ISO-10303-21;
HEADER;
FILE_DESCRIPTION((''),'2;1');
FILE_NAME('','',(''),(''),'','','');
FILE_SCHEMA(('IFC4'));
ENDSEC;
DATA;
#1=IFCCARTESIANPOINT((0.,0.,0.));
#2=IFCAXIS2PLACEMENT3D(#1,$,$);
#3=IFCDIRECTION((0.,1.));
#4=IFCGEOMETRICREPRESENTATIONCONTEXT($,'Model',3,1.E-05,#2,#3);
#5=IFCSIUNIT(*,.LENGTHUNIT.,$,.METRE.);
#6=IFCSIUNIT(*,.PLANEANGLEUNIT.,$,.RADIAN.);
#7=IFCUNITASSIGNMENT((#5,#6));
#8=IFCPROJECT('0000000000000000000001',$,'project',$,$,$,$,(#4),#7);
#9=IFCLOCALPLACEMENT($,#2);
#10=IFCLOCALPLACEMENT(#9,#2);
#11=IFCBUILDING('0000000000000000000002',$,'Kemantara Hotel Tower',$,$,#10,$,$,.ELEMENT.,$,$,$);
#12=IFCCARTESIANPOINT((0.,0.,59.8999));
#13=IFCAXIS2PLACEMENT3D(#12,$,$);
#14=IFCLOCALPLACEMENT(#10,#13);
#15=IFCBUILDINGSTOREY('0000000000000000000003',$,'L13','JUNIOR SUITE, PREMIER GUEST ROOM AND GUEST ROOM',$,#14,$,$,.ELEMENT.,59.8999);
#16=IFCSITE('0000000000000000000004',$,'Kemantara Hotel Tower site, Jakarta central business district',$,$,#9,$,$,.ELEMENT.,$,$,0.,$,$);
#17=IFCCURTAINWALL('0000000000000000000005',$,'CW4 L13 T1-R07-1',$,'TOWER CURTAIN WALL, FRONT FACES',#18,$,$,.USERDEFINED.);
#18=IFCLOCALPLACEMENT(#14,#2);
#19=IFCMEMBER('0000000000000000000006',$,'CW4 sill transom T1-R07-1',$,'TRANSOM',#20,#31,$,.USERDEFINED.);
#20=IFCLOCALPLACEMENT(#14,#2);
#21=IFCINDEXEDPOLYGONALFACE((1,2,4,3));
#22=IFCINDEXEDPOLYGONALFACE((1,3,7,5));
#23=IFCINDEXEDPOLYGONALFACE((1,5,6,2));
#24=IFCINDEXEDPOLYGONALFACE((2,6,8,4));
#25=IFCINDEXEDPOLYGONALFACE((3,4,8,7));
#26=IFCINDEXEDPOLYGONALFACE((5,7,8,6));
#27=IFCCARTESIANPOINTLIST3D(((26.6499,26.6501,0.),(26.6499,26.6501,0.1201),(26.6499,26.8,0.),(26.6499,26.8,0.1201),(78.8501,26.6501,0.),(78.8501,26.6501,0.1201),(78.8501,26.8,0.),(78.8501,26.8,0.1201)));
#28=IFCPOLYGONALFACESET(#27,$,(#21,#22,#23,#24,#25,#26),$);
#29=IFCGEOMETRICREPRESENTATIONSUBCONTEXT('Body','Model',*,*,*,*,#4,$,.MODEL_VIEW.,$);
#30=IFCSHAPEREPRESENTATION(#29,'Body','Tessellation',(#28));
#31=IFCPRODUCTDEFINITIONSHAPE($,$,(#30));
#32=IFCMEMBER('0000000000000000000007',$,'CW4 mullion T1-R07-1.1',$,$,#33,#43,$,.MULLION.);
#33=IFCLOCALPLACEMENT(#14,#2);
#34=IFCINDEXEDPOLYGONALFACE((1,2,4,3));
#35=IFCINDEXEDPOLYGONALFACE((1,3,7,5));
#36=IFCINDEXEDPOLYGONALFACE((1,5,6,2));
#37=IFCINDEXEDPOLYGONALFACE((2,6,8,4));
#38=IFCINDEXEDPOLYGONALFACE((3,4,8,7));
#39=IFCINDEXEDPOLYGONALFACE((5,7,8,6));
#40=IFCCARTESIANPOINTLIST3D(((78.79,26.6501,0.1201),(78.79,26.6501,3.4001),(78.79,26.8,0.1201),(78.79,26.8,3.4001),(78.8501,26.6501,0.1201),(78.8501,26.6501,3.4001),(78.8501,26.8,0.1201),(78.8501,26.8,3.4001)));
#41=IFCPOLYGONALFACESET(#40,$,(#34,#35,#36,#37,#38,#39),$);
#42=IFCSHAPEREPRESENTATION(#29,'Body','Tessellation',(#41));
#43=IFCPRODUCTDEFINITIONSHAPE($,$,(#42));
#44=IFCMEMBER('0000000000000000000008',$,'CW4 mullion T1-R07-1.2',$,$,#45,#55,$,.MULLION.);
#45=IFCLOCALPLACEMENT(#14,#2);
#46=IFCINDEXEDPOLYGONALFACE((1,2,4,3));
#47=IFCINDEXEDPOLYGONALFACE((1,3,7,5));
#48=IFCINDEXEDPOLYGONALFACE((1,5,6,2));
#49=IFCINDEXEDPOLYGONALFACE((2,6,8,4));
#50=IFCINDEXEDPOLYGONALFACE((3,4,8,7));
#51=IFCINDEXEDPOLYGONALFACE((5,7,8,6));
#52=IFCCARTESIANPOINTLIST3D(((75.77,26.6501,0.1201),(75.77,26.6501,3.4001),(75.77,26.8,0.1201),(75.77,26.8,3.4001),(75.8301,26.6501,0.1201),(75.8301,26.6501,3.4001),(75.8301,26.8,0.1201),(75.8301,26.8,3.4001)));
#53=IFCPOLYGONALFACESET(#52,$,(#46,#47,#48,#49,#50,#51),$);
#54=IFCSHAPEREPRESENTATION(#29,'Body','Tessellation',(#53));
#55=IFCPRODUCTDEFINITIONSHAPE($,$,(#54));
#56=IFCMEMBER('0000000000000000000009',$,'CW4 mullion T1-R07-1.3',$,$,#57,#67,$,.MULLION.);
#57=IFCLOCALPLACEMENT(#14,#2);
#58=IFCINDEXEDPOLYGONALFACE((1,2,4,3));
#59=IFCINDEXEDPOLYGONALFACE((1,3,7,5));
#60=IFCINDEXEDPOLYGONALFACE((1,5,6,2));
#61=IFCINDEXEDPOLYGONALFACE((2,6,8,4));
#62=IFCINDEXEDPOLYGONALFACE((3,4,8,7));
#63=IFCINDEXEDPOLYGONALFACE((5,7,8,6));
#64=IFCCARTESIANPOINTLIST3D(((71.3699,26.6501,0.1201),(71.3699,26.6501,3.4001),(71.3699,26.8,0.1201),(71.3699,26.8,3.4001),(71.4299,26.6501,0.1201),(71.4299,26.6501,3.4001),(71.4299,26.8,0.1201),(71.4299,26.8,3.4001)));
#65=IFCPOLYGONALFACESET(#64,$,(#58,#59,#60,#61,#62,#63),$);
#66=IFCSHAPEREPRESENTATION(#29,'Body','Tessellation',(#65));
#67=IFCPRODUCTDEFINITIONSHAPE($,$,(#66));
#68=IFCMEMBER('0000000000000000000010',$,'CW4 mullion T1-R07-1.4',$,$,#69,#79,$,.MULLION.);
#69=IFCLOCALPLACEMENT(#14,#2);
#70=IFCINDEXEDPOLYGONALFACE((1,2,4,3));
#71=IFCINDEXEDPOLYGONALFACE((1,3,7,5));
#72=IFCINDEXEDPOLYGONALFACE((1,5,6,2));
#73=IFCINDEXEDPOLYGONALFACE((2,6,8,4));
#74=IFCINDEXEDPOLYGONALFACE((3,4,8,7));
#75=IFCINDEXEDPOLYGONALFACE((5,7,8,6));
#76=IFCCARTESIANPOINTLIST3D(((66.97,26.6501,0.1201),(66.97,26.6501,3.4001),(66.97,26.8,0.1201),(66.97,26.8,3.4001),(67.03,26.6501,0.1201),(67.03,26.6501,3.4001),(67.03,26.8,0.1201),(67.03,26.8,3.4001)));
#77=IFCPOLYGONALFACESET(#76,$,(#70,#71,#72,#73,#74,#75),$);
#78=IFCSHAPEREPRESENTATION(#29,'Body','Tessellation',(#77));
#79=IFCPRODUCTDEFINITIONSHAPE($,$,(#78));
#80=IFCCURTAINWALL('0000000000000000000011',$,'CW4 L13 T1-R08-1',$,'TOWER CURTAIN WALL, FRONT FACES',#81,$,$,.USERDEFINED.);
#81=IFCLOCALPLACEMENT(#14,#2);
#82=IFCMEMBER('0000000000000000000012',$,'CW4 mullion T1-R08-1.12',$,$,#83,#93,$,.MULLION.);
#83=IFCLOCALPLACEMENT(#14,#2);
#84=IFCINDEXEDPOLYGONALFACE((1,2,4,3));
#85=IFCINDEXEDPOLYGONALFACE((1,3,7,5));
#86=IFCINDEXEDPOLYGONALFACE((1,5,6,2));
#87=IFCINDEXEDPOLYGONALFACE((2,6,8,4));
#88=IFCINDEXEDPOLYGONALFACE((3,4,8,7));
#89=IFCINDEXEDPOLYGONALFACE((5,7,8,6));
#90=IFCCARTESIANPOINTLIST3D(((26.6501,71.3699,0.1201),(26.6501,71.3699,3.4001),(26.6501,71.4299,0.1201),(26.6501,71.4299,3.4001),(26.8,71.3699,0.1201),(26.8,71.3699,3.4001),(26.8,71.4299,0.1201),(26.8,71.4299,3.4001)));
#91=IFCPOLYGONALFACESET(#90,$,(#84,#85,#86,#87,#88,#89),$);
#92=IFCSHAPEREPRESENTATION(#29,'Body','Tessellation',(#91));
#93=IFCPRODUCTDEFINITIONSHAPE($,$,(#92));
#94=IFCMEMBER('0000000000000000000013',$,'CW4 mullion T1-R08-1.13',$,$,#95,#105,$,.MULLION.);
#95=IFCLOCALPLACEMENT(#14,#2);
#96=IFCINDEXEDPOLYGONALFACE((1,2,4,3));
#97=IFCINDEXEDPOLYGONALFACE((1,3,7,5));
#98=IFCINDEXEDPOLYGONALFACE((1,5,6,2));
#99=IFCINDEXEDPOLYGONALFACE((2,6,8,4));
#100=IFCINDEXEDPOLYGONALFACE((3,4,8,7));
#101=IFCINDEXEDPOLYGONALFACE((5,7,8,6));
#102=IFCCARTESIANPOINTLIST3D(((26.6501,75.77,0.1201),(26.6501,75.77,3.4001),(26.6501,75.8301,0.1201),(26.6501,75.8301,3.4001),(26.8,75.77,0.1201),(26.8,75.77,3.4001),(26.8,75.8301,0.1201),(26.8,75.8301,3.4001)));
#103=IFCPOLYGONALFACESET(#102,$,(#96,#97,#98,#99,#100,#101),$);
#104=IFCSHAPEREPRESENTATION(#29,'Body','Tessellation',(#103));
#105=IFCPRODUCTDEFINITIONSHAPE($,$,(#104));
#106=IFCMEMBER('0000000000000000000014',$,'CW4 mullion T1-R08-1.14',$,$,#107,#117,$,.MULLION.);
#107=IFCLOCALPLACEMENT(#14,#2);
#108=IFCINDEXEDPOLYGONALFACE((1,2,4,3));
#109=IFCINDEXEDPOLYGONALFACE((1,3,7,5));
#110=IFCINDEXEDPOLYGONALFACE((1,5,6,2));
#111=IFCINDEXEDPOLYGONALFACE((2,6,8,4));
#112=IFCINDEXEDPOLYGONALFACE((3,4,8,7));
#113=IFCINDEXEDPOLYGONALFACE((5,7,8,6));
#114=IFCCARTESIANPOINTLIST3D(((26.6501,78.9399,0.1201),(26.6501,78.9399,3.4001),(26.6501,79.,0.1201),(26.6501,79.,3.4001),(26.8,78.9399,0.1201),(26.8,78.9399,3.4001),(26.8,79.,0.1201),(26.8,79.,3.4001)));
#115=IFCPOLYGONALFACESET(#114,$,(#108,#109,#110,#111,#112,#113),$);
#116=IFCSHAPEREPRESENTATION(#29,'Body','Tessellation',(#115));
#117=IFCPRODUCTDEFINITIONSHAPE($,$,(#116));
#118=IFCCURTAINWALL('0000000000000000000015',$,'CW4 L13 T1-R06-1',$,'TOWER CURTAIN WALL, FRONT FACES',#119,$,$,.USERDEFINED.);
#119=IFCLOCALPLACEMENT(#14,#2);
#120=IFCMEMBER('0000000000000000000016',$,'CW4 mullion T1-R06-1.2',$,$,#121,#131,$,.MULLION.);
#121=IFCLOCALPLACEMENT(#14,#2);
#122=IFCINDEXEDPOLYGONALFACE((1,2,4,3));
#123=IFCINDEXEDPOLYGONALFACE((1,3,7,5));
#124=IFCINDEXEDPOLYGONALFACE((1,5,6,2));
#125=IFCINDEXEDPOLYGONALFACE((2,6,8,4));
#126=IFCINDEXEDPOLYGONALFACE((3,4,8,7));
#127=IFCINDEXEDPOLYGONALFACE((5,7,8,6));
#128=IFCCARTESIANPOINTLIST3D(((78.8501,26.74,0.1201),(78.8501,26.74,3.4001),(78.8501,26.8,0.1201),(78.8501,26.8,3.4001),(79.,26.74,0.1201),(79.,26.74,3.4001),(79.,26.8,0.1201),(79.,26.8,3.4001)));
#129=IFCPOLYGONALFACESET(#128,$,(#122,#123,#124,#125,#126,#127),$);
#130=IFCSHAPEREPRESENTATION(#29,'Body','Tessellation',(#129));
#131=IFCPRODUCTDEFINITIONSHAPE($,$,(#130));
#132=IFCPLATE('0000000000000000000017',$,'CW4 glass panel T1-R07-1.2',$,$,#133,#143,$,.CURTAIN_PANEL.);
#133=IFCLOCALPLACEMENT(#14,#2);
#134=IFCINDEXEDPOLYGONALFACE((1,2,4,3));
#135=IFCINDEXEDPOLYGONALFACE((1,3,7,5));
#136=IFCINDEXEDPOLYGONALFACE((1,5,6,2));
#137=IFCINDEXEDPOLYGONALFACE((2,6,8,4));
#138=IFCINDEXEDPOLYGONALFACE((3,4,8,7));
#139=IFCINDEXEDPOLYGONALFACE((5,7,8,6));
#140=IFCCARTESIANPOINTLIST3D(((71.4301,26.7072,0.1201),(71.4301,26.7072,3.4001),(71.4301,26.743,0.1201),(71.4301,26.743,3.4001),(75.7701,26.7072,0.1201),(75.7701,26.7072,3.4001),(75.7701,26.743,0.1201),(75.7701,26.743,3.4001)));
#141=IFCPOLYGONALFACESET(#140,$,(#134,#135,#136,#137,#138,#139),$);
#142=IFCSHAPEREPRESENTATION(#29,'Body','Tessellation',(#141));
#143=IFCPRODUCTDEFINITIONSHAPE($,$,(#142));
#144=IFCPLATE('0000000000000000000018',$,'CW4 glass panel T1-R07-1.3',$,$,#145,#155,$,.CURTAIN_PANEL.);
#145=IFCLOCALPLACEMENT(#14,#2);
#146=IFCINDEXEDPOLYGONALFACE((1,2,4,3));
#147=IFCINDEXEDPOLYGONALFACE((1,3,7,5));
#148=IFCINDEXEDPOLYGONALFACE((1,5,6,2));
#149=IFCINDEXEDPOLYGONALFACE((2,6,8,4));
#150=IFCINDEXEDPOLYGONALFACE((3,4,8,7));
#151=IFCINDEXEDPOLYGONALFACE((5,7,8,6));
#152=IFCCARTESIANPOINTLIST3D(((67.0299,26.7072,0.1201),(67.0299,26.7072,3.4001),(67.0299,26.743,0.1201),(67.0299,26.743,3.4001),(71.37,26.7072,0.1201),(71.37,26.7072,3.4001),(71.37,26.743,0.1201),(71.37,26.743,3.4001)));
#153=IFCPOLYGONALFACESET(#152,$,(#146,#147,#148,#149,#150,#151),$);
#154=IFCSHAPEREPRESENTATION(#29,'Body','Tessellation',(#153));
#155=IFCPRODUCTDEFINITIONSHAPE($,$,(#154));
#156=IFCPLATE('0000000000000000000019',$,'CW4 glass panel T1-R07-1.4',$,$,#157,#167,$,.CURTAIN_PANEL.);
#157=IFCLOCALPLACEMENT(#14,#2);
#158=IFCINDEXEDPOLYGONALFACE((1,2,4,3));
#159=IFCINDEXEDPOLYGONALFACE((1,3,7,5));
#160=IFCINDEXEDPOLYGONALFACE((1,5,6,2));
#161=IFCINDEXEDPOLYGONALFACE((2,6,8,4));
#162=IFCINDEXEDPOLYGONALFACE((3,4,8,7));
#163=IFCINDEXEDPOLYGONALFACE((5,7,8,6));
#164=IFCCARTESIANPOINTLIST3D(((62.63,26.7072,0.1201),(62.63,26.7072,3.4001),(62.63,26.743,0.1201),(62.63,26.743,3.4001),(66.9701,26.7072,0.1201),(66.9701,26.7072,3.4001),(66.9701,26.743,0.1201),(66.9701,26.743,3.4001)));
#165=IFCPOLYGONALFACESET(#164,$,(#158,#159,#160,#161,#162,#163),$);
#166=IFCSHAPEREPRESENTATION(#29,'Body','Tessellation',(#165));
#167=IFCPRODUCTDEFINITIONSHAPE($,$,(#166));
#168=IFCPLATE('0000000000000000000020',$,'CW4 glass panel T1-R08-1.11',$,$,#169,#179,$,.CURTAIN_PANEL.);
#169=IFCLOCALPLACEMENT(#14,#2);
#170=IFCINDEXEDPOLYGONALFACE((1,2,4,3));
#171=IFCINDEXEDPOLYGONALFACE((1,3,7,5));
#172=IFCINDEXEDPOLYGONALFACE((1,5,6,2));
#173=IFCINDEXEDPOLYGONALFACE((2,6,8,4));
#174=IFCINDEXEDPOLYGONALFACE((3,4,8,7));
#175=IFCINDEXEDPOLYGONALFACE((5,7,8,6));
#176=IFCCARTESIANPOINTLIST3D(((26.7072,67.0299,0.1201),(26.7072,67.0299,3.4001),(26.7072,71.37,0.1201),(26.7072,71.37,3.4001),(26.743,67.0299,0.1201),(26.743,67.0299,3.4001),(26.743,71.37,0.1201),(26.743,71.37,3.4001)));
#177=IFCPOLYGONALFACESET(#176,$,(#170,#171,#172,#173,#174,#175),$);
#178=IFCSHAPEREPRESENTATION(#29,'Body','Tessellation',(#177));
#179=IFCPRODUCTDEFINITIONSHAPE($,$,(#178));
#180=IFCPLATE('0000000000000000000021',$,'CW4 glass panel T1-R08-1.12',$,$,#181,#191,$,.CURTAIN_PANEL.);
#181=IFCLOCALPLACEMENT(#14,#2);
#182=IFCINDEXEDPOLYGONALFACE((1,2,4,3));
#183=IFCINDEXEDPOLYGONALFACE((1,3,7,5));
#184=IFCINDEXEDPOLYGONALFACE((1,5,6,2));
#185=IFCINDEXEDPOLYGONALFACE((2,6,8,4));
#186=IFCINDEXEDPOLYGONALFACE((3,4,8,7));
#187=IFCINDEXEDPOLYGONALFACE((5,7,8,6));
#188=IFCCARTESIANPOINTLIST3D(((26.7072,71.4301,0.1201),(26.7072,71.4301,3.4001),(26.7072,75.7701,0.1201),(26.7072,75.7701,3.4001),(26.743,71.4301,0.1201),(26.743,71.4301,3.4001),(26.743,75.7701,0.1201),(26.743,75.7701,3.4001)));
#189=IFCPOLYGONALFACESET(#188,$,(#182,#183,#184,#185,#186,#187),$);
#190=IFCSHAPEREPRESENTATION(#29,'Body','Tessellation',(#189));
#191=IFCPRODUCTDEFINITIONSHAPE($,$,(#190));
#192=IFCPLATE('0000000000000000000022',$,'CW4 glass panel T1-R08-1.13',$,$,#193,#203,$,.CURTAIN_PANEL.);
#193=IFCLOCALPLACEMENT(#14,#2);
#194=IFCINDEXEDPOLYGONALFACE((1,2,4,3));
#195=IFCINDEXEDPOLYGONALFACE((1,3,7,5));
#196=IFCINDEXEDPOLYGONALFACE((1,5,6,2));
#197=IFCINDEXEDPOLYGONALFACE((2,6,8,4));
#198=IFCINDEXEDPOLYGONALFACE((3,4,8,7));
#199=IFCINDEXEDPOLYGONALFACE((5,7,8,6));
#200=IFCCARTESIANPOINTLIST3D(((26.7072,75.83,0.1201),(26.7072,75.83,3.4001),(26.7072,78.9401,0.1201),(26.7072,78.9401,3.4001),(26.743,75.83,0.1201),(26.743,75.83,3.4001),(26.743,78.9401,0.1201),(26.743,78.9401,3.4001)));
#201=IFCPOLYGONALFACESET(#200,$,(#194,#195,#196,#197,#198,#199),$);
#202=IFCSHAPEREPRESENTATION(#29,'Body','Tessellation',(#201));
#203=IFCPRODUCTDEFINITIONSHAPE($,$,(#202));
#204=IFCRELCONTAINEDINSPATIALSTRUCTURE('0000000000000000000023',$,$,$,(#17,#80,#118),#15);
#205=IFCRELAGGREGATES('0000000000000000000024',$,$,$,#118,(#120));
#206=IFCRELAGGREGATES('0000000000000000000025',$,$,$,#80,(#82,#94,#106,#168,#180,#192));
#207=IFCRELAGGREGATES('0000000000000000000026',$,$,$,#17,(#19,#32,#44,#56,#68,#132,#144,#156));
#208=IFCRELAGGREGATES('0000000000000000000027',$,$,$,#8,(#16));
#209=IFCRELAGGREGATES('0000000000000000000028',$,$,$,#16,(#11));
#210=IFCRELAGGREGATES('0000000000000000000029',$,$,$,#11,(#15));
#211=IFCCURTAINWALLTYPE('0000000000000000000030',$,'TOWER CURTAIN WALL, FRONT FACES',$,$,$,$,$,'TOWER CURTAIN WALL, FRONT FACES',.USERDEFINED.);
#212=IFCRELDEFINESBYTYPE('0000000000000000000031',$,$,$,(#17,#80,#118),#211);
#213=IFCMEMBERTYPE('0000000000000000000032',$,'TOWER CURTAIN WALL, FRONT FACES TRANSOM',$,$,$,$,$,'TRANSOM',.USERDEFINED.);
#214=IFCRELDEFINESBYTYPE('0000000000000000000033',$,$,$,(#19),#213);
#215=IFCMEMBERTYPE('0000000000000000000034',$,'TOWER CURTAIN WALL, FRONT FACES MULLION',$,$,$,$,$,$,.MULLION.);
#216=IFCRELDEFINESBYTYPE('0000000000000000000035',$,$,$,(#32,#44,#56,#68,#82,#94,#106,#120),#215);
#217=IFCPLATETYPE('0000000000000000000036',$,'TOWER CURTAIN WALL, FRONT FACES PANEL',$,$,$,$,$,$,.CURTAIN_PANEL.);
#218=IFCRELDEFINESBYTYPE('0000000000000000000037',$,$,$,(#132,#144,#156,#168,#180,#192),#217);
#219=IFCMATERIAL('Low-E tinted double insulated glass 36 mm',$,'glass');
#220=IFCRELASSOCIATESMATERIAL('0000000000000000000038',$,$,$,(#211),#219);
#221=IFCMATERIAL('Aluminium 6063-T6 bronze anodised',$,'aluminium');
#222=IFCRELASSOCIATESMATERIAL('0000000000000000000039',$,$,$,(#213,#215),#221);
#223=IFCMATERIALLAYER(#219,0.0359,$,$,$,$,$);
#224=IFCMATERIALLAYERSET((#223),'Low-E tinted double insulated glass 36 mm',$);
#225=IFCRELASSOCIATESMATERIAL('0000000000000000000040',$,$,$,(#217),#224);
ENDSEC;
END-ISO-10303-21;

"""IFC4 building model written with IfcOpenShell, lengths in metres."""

from ifc_helpers import new_model, si_unit, direction, frame, origin, origin_2d, place, context, subcontext, project, spatial, rectangle, extrude, source, transform, mapped, material, layer, layer_set, material_profile, profile_set, type_object, element, aggregate, save


model = new_model("IFC4")

# Units and contexts
model_context = context("Model", 3, precision=1e-05, world=origin(), true_north=direction((0.0, 1.0)))
body_context = subcontext(model_context, "Body", "Model", "MODEL_VIEW")
ifc_project = project(units=[si_unit("LENGTHUNIT", "METRE"), si_unit("PLANEANGLEUNIT", "RADIAN")], contexts=[model_context])

# Site, building, storey
site_placement = place(None, origin())
site = spatial("IfcSite", under=ifc_project, at=site_placement, Name="Kemantara Hotel Tower site, Jakarta central business district", CompositionType="ELEMENT", RefElevation=0.0)
building_placement = place(site_placement, origin())
building = spatial("IfcBuilding", under=site, at=building_placement, Name="Kemantara Hotel Tower", CompositionType="ELEMENT")
storey_placement = place(building_placement, frame((0.0, 0.0, 59.8999)))
storey = spatial("IfcBuildingStorey", under=building, at=storey_placement, Name="L13", Description="JUNIOR SUITE, PREMIER GUEST ROOM AND GUEST ROOM", CompositionType="ELEMENT", Elevation=59.8999)

# Curtain walls, members
ifc_material_1 = material(Name="Low-E tinted double insulated glass 36 mm", Category="glass")
curtain_wall_type = type_object("IfcCurtainWallType", Name="TOWER CURTAIN WALL, FRONT FACES", ElementType="TOWER CURTAIN WALL, FRONT FACES", PredefinedType="USERDEFINED", material=ifc_material_1)
curtain_wall_1_placement = place(storey_placement, origin())
curtain_wall_1 = element("IfcCurtainWall", 1, at=curtain_wall_1_placement, inside=storey, type_object=curtain_wall_type, Name="CW4 L13 T1-R07-1", ObjectType="TOWER CURTAIN WALL, FRONT FACES", PredefinedType="USERDEFINED")
ifc_material_2 = material(Name="Aluminium 6063-T6 bronze anodised", Category="aluminium")
ifc_material_profile_1 = material_profile(ifc_material_2, rectangle(XDim=0.1499, YDim=0.1201, at=origin_2d()), Name="TOWER CURTAIN WALL, FRONT FACES TRANSOM")
ifc_profile_set_1 = profile_set([ifc_material_profile_1], Name="Aluminium 6063-T6 bronze anodised")
member_type_1 = type_object("IfcMemberType", Name="TOWER CURTAIN WALL, FRONT FACES TRANSOM", ElementType="TRANSOM", PredefinedType="USERDEFINED", material=ifc_profile_set_1)
member_1_placement = place(storey_placement, frame((78.8501, 26.7251, 0.0601), z_axis=(-1.0, 0.0, 0.0), x_axis=(0.0, -1.0, 0.0)))
member_1 = element("IfcMember", 2, at=member_1_placement, type_object=member_type_1, Name="CW4 sill transom T1-R07-1", ObjectType="TRANSOM", PredefinedType="USERDEFINED", context=body_context, shape_type="SweptSolid", body=[
    extrude(rectangle(XDim=0.1499, YDim=0.1201, at=origin_2d()), origin(), (0.0, 0.0, 1.0), 52.2002),
])
ifc_material_profile_2 = material_profile(ifc_material_2, rectangle(XDim=0.1499, YDim=0.0601, at=origin_2d()), Name="TOWER CURTAIN WALL, FRONT FACES MULLION")
ifc_profile_set_2 = profile_set([ifc_material_profile_2], Name="Aluminium 6063-T6 bronze anodised")
member_type_2 = type_object("IfcMemberType", Name="TOWER CURTAIN WALL, FRONT FACES MULLION", PredefinedType="MULLION", material=ifc_profile_set_2)
shared_shape_1 = source(origin(), body_context, "Body", "SweptSolid", [
    extrude(rectangle(XDim=0.1499, YDim=0.0601, at=origin_2d()), origin(), (0.0, 0.0, 1.0), 3.28),
])
member_2_placement = place(storey_placement, frame((78.8201, 26.7251, 0.1201), z_axis=(0.0, 0.0, 1.0), x_axis=(0.0, -1.0, 0.0)))
member_2 = element("IfcMember", 3, at=member_2_placement, type_object=member_type_2, Name="CW4 mullion T1-R07-1.1", PredefinedType="MULLION", context=body_context, shape_type="MappedRepresentation", body=[
    mapped(shared_shape_1, transform((0.0, 0.0, 0.0))),
])
member_3_placement = place(storey_placement, frame((75.8, 26.7251, 0.1201), z_axis=(0.0, 0.0, 1.0), x_axis=(0.0, -1.0, 0.0)))
member_3 = element("IfcMember", 4, at=member_3_placement, type_object=member_type_2, Name="CW4 mullion T1-R07-1.2", PredefinedType="MULLION", context=body_context, shape_type="MappedRepresentation", body=[
    mapped(shared_shape_1, transform((0.0, 0.0, 0.0))),
])
member_4_placement = place(storey_placement, frame((71.3999, 26.7251, 0.1201), z_axis=(0.0, 0.0, 1.0), x_axis=(0.0, -1.0, 0.0)))
member_4 = element("IfcMember", 5, at=member_4_placement, type_object=member_type_2, Name="CW4 mullion T1-R07-1.3", PredefinedType="MULLION", context=body_context, shape_type="MappedRepresentation", body=[
    mapped(shared_shape_1, transform((0.0, 0.0, 0.0))),
])
member_5_placement = place(storey_placement, frame((67.0, 26.7251, 0.1201), z_axis=(0.0, 0.0, 1.0), x_axis=(0.0, -1.0, 0.0)))
member_5 = element("IfcMember", 6, at=member_5_placement, type_object=member_type_2, Name="CW4 mullion T1-R07-1.4", PredefinedType="MULLION", context=body_context, shape_type="MappedRepresentation", body=[
    mapped(shared_shape_1, transform((0.0, 0.0, 0.0))),
])
curtain_wall_2_placement = place(storey_placement, origin())
curtain_wall_2 = element("IfcCurtainWall", 7, at=curtain_wall_2_placement, inside=storey, type_object=curtain_wall_type, Name="CW4 L13 T1-R08-1", ObjectType="TOWER CURTAIN WALL, FRONT FACES", PredefinedType="USERDEFINED")
member_6_placement = place(storey_placement, frame((26.7251, 71.3999, 0.1201), z_axis=(0.0, 0.0, 1.0), x_axis=(-1.0, 0.0, 0.0)))
member_6 = element("IfcMember", 8, at=member_6_placement, type_object=member_type_2, Name="CW4 mullion T1-R08-1.12", PredefinedType="MULLION", context=body_context, shape_type="MappedRepresentation", body=[
    mapped(shared_shape_1, transform((0.0, 0.0, 0.0))),
])
member_7_placement = place(storey_placement, frame((26.7251, 75.8, 0.1201), z_axis=(0.0, 0.0, 1.0), x_axis=(-1.0, 0.0, 0.0)))
member_7 = element("IfcMember", 9, at=member_7_placement, type_object=member_type_2, Name="CW4 mullion T1-R08-1.13", PredefinedType="MULLION", context=body_context, shape_type="MappedRepresentation", body=[
    mapped(shared_shape_1, transform((0.0, 0.0, 0.0))),
])
member_8_placement = place(storey_placement, frame((26.7251, 78.97, 0.1201), z_axis=(0.0, 0.0, 1.0), x_axis=(-1.0, 0.0, 0.0)))
member_8 = element("IfcMember", 10, at=member_8_placement, type_object=member_type_2, Name="CW4 mullion T1-R08-1.14", PredefinedType="MULLION", context=body_context, shape_type="MappedRepresentation", body=[
    mapped(shared_shape_1, transform((0.0, 0.0, 0.0))),
])

# Curtain wall, member
curtain_wall_3_placement = place(storey_placement, origin())
curtain_wall_3 = element("IfcCurtainWall", 11, at=curtain_wall_3_placement, inside=storey, type_object=curtain_wall_type, Name="CW4 L13 T1-R06-1", ObjectType="TOWER CURTAIN WALL, FRONT FACES", PredefinedType="USERDEFINED")
member_9_placement = place(storey_placement, frame((78.925, 26.77, 0.1201), z_axis=(0.0, 0.0, 1.0), x_axis=(-1.0, 0.0, 0.0)))
member_9 = element("IfcMember", 12, at=member_9_placement, type_object=member_type_2, Name="CW4 mullion T1-R06-1.2", PredefinedType="MULLION", context=body_context, shape_type="MappedRepresentation", body=[
    mapped(shared_shape_1, transform((0.0, 0.0, 0.0))),
])
aggregate(curtain_wall_3, [member_9])

# Plates
ifc_layer_1 = layer(ifc_material_1, 0.0359)
ifc_layer_set_1 = layer_set([ifc_layer_1], Name="Low-E tinted double insulated glass 36 mm")
plate_type = type_object("IfcPlateType", Name="TOWER CURTAIN WALL, FRONT FACES PANEL", PredefinedType="CURTAIN_PANEL", material=ifc_layer_set_1)
shared_shape_2 = source(origin(), body_context, "Body", "SweptSolid", [
    extrude(rectangle(XDim=4.3401, YDim=0.0359, at=origin_2d()), origin(), (0.0, 0.0, 1.0), 3.28),
])
plate_1_placement = place(storey_placement, frame((73.6001, 26.7251, 0.1201), z_axis=(0.0, 0.0, 1.0), x_axis=(-1.0, 0.0, 0.0)))
plate_1 = element("IfcPlate", 13, at=plate_1_placement, type_object=plate_type, Name="CW4 glass panel T1-R07-1.2", PredefinedType="CURTAIN_PANEL", context=body_context, shape_type="MappedRepresentation", body=[
    mapped(shared_shape_2, transform((0.0, 0.0, 0.0))),
])
plate_2_placement = place(storey_placement, frame((69.2, 26.7251, 0.1201), z_axis=(0.0, 0.0, 1.0), x_axis=(-1.0, 0.0, 0.0)))
plate_2 = element("IfcPlate", 14, at=plate_2_placement, type_object=plate_type, Name="CW4 glass panel T1-R07-1.3", PredefinedType="CURTAIN_PANEL", context=body_context, shape_type="MappedRepresentation", body=[
    mapped(shared_shape_2, transform((0.0, 0.0, 0.0))),
])
plate_3_placement = place(storey_placement, frame((64.8, 26.7251, 0.1201), z_axis=(0.0, 0.0, 1.0), x_axis=(-1.0, 0.0, 0.0)))
plate_3 = element("IfcPlate", 15, at=plate_3_placement, type_object=plate_type, Name="CW4 glass panel T1-R07-1.4", PredefinedType="CURTAIN_PANEL", context=body_context, shape_type="MappedRepresentation", body=[
    mapped(shared_shape_2, transform((0.0, 0.0, 0.0))),
])
plate_4_placement = place(storey_placement, frame((26.7251, 69.2, 0.1201), z_axis=(0.0, 0.0, 1.0), x_axis=(0.0, 1.0, 0.0)))
plate_4 = element("IfcPlate", 16, at=plate_4_placement, type_object=plate_type, Name="CW4 glass panel T1-R08-1.11", PredefinedType="CURTAIN_PANEL", context=body_context, shape_type="MappedRepresentation", body=[
    mapped(shared_shape_2, transform((0.0, 0.0, 0.0))),
])
plate_5_placement = place(storey_placement, frame((26.7251, 73.6001, 0.1201), z_axis=(0.0, 0.0, 1.0), x_axis=(0.0, 1.0, 0.0)))
plate_5 = element("IfcPlate", 17, at=plate_5_placement, type_object=plate_type, Name="CW4 glass panel T1-R08-1.12", PredefinedType="CURTAIN_PANEL", context=body_context, shape_type="MappedRepresentation", body=[
    mapped(shared_shape_2, transform((0.0, 0.0, 0.0))),
])
shared_shape_3 = source(origin(), body_context, "Body", "SweptSolid", [
    extrude(rectangle(XDim=3.1101, YDim=0.0359, at=origin_2d()), origin(), (0.0, 0.0, 1.0), 3.28),
])
plate_6_placement = place(storey_placement, frame((26.7251, 77.385, 0.1201), z_axis=(0.0, 0.0, 1.0), x_axis=(0.0, 1.0, 0.0)))
plate_6 = element("IfcPlate", 18, at=plate_6_placement, type_object=plate_type, Name="CW4 glass panel T1-R08-1.13", PredefinedType="CURTAIN_PANEL", context=body_context, shape_type="MappedRepresentation", body=[
    mapped(shared_shape_3, transform((0.0, 0.0, 0.0))),
])
aggregate(curtain_wall_2, [member_6, member_7, member_8, plate_4, plate_5, plate_6])
aggregate(curtain_wall_1, [member_1, member_2, member_3, member_4, member_5, plate_1, plate_2, plate_3])

save(model, "model.ifc")
